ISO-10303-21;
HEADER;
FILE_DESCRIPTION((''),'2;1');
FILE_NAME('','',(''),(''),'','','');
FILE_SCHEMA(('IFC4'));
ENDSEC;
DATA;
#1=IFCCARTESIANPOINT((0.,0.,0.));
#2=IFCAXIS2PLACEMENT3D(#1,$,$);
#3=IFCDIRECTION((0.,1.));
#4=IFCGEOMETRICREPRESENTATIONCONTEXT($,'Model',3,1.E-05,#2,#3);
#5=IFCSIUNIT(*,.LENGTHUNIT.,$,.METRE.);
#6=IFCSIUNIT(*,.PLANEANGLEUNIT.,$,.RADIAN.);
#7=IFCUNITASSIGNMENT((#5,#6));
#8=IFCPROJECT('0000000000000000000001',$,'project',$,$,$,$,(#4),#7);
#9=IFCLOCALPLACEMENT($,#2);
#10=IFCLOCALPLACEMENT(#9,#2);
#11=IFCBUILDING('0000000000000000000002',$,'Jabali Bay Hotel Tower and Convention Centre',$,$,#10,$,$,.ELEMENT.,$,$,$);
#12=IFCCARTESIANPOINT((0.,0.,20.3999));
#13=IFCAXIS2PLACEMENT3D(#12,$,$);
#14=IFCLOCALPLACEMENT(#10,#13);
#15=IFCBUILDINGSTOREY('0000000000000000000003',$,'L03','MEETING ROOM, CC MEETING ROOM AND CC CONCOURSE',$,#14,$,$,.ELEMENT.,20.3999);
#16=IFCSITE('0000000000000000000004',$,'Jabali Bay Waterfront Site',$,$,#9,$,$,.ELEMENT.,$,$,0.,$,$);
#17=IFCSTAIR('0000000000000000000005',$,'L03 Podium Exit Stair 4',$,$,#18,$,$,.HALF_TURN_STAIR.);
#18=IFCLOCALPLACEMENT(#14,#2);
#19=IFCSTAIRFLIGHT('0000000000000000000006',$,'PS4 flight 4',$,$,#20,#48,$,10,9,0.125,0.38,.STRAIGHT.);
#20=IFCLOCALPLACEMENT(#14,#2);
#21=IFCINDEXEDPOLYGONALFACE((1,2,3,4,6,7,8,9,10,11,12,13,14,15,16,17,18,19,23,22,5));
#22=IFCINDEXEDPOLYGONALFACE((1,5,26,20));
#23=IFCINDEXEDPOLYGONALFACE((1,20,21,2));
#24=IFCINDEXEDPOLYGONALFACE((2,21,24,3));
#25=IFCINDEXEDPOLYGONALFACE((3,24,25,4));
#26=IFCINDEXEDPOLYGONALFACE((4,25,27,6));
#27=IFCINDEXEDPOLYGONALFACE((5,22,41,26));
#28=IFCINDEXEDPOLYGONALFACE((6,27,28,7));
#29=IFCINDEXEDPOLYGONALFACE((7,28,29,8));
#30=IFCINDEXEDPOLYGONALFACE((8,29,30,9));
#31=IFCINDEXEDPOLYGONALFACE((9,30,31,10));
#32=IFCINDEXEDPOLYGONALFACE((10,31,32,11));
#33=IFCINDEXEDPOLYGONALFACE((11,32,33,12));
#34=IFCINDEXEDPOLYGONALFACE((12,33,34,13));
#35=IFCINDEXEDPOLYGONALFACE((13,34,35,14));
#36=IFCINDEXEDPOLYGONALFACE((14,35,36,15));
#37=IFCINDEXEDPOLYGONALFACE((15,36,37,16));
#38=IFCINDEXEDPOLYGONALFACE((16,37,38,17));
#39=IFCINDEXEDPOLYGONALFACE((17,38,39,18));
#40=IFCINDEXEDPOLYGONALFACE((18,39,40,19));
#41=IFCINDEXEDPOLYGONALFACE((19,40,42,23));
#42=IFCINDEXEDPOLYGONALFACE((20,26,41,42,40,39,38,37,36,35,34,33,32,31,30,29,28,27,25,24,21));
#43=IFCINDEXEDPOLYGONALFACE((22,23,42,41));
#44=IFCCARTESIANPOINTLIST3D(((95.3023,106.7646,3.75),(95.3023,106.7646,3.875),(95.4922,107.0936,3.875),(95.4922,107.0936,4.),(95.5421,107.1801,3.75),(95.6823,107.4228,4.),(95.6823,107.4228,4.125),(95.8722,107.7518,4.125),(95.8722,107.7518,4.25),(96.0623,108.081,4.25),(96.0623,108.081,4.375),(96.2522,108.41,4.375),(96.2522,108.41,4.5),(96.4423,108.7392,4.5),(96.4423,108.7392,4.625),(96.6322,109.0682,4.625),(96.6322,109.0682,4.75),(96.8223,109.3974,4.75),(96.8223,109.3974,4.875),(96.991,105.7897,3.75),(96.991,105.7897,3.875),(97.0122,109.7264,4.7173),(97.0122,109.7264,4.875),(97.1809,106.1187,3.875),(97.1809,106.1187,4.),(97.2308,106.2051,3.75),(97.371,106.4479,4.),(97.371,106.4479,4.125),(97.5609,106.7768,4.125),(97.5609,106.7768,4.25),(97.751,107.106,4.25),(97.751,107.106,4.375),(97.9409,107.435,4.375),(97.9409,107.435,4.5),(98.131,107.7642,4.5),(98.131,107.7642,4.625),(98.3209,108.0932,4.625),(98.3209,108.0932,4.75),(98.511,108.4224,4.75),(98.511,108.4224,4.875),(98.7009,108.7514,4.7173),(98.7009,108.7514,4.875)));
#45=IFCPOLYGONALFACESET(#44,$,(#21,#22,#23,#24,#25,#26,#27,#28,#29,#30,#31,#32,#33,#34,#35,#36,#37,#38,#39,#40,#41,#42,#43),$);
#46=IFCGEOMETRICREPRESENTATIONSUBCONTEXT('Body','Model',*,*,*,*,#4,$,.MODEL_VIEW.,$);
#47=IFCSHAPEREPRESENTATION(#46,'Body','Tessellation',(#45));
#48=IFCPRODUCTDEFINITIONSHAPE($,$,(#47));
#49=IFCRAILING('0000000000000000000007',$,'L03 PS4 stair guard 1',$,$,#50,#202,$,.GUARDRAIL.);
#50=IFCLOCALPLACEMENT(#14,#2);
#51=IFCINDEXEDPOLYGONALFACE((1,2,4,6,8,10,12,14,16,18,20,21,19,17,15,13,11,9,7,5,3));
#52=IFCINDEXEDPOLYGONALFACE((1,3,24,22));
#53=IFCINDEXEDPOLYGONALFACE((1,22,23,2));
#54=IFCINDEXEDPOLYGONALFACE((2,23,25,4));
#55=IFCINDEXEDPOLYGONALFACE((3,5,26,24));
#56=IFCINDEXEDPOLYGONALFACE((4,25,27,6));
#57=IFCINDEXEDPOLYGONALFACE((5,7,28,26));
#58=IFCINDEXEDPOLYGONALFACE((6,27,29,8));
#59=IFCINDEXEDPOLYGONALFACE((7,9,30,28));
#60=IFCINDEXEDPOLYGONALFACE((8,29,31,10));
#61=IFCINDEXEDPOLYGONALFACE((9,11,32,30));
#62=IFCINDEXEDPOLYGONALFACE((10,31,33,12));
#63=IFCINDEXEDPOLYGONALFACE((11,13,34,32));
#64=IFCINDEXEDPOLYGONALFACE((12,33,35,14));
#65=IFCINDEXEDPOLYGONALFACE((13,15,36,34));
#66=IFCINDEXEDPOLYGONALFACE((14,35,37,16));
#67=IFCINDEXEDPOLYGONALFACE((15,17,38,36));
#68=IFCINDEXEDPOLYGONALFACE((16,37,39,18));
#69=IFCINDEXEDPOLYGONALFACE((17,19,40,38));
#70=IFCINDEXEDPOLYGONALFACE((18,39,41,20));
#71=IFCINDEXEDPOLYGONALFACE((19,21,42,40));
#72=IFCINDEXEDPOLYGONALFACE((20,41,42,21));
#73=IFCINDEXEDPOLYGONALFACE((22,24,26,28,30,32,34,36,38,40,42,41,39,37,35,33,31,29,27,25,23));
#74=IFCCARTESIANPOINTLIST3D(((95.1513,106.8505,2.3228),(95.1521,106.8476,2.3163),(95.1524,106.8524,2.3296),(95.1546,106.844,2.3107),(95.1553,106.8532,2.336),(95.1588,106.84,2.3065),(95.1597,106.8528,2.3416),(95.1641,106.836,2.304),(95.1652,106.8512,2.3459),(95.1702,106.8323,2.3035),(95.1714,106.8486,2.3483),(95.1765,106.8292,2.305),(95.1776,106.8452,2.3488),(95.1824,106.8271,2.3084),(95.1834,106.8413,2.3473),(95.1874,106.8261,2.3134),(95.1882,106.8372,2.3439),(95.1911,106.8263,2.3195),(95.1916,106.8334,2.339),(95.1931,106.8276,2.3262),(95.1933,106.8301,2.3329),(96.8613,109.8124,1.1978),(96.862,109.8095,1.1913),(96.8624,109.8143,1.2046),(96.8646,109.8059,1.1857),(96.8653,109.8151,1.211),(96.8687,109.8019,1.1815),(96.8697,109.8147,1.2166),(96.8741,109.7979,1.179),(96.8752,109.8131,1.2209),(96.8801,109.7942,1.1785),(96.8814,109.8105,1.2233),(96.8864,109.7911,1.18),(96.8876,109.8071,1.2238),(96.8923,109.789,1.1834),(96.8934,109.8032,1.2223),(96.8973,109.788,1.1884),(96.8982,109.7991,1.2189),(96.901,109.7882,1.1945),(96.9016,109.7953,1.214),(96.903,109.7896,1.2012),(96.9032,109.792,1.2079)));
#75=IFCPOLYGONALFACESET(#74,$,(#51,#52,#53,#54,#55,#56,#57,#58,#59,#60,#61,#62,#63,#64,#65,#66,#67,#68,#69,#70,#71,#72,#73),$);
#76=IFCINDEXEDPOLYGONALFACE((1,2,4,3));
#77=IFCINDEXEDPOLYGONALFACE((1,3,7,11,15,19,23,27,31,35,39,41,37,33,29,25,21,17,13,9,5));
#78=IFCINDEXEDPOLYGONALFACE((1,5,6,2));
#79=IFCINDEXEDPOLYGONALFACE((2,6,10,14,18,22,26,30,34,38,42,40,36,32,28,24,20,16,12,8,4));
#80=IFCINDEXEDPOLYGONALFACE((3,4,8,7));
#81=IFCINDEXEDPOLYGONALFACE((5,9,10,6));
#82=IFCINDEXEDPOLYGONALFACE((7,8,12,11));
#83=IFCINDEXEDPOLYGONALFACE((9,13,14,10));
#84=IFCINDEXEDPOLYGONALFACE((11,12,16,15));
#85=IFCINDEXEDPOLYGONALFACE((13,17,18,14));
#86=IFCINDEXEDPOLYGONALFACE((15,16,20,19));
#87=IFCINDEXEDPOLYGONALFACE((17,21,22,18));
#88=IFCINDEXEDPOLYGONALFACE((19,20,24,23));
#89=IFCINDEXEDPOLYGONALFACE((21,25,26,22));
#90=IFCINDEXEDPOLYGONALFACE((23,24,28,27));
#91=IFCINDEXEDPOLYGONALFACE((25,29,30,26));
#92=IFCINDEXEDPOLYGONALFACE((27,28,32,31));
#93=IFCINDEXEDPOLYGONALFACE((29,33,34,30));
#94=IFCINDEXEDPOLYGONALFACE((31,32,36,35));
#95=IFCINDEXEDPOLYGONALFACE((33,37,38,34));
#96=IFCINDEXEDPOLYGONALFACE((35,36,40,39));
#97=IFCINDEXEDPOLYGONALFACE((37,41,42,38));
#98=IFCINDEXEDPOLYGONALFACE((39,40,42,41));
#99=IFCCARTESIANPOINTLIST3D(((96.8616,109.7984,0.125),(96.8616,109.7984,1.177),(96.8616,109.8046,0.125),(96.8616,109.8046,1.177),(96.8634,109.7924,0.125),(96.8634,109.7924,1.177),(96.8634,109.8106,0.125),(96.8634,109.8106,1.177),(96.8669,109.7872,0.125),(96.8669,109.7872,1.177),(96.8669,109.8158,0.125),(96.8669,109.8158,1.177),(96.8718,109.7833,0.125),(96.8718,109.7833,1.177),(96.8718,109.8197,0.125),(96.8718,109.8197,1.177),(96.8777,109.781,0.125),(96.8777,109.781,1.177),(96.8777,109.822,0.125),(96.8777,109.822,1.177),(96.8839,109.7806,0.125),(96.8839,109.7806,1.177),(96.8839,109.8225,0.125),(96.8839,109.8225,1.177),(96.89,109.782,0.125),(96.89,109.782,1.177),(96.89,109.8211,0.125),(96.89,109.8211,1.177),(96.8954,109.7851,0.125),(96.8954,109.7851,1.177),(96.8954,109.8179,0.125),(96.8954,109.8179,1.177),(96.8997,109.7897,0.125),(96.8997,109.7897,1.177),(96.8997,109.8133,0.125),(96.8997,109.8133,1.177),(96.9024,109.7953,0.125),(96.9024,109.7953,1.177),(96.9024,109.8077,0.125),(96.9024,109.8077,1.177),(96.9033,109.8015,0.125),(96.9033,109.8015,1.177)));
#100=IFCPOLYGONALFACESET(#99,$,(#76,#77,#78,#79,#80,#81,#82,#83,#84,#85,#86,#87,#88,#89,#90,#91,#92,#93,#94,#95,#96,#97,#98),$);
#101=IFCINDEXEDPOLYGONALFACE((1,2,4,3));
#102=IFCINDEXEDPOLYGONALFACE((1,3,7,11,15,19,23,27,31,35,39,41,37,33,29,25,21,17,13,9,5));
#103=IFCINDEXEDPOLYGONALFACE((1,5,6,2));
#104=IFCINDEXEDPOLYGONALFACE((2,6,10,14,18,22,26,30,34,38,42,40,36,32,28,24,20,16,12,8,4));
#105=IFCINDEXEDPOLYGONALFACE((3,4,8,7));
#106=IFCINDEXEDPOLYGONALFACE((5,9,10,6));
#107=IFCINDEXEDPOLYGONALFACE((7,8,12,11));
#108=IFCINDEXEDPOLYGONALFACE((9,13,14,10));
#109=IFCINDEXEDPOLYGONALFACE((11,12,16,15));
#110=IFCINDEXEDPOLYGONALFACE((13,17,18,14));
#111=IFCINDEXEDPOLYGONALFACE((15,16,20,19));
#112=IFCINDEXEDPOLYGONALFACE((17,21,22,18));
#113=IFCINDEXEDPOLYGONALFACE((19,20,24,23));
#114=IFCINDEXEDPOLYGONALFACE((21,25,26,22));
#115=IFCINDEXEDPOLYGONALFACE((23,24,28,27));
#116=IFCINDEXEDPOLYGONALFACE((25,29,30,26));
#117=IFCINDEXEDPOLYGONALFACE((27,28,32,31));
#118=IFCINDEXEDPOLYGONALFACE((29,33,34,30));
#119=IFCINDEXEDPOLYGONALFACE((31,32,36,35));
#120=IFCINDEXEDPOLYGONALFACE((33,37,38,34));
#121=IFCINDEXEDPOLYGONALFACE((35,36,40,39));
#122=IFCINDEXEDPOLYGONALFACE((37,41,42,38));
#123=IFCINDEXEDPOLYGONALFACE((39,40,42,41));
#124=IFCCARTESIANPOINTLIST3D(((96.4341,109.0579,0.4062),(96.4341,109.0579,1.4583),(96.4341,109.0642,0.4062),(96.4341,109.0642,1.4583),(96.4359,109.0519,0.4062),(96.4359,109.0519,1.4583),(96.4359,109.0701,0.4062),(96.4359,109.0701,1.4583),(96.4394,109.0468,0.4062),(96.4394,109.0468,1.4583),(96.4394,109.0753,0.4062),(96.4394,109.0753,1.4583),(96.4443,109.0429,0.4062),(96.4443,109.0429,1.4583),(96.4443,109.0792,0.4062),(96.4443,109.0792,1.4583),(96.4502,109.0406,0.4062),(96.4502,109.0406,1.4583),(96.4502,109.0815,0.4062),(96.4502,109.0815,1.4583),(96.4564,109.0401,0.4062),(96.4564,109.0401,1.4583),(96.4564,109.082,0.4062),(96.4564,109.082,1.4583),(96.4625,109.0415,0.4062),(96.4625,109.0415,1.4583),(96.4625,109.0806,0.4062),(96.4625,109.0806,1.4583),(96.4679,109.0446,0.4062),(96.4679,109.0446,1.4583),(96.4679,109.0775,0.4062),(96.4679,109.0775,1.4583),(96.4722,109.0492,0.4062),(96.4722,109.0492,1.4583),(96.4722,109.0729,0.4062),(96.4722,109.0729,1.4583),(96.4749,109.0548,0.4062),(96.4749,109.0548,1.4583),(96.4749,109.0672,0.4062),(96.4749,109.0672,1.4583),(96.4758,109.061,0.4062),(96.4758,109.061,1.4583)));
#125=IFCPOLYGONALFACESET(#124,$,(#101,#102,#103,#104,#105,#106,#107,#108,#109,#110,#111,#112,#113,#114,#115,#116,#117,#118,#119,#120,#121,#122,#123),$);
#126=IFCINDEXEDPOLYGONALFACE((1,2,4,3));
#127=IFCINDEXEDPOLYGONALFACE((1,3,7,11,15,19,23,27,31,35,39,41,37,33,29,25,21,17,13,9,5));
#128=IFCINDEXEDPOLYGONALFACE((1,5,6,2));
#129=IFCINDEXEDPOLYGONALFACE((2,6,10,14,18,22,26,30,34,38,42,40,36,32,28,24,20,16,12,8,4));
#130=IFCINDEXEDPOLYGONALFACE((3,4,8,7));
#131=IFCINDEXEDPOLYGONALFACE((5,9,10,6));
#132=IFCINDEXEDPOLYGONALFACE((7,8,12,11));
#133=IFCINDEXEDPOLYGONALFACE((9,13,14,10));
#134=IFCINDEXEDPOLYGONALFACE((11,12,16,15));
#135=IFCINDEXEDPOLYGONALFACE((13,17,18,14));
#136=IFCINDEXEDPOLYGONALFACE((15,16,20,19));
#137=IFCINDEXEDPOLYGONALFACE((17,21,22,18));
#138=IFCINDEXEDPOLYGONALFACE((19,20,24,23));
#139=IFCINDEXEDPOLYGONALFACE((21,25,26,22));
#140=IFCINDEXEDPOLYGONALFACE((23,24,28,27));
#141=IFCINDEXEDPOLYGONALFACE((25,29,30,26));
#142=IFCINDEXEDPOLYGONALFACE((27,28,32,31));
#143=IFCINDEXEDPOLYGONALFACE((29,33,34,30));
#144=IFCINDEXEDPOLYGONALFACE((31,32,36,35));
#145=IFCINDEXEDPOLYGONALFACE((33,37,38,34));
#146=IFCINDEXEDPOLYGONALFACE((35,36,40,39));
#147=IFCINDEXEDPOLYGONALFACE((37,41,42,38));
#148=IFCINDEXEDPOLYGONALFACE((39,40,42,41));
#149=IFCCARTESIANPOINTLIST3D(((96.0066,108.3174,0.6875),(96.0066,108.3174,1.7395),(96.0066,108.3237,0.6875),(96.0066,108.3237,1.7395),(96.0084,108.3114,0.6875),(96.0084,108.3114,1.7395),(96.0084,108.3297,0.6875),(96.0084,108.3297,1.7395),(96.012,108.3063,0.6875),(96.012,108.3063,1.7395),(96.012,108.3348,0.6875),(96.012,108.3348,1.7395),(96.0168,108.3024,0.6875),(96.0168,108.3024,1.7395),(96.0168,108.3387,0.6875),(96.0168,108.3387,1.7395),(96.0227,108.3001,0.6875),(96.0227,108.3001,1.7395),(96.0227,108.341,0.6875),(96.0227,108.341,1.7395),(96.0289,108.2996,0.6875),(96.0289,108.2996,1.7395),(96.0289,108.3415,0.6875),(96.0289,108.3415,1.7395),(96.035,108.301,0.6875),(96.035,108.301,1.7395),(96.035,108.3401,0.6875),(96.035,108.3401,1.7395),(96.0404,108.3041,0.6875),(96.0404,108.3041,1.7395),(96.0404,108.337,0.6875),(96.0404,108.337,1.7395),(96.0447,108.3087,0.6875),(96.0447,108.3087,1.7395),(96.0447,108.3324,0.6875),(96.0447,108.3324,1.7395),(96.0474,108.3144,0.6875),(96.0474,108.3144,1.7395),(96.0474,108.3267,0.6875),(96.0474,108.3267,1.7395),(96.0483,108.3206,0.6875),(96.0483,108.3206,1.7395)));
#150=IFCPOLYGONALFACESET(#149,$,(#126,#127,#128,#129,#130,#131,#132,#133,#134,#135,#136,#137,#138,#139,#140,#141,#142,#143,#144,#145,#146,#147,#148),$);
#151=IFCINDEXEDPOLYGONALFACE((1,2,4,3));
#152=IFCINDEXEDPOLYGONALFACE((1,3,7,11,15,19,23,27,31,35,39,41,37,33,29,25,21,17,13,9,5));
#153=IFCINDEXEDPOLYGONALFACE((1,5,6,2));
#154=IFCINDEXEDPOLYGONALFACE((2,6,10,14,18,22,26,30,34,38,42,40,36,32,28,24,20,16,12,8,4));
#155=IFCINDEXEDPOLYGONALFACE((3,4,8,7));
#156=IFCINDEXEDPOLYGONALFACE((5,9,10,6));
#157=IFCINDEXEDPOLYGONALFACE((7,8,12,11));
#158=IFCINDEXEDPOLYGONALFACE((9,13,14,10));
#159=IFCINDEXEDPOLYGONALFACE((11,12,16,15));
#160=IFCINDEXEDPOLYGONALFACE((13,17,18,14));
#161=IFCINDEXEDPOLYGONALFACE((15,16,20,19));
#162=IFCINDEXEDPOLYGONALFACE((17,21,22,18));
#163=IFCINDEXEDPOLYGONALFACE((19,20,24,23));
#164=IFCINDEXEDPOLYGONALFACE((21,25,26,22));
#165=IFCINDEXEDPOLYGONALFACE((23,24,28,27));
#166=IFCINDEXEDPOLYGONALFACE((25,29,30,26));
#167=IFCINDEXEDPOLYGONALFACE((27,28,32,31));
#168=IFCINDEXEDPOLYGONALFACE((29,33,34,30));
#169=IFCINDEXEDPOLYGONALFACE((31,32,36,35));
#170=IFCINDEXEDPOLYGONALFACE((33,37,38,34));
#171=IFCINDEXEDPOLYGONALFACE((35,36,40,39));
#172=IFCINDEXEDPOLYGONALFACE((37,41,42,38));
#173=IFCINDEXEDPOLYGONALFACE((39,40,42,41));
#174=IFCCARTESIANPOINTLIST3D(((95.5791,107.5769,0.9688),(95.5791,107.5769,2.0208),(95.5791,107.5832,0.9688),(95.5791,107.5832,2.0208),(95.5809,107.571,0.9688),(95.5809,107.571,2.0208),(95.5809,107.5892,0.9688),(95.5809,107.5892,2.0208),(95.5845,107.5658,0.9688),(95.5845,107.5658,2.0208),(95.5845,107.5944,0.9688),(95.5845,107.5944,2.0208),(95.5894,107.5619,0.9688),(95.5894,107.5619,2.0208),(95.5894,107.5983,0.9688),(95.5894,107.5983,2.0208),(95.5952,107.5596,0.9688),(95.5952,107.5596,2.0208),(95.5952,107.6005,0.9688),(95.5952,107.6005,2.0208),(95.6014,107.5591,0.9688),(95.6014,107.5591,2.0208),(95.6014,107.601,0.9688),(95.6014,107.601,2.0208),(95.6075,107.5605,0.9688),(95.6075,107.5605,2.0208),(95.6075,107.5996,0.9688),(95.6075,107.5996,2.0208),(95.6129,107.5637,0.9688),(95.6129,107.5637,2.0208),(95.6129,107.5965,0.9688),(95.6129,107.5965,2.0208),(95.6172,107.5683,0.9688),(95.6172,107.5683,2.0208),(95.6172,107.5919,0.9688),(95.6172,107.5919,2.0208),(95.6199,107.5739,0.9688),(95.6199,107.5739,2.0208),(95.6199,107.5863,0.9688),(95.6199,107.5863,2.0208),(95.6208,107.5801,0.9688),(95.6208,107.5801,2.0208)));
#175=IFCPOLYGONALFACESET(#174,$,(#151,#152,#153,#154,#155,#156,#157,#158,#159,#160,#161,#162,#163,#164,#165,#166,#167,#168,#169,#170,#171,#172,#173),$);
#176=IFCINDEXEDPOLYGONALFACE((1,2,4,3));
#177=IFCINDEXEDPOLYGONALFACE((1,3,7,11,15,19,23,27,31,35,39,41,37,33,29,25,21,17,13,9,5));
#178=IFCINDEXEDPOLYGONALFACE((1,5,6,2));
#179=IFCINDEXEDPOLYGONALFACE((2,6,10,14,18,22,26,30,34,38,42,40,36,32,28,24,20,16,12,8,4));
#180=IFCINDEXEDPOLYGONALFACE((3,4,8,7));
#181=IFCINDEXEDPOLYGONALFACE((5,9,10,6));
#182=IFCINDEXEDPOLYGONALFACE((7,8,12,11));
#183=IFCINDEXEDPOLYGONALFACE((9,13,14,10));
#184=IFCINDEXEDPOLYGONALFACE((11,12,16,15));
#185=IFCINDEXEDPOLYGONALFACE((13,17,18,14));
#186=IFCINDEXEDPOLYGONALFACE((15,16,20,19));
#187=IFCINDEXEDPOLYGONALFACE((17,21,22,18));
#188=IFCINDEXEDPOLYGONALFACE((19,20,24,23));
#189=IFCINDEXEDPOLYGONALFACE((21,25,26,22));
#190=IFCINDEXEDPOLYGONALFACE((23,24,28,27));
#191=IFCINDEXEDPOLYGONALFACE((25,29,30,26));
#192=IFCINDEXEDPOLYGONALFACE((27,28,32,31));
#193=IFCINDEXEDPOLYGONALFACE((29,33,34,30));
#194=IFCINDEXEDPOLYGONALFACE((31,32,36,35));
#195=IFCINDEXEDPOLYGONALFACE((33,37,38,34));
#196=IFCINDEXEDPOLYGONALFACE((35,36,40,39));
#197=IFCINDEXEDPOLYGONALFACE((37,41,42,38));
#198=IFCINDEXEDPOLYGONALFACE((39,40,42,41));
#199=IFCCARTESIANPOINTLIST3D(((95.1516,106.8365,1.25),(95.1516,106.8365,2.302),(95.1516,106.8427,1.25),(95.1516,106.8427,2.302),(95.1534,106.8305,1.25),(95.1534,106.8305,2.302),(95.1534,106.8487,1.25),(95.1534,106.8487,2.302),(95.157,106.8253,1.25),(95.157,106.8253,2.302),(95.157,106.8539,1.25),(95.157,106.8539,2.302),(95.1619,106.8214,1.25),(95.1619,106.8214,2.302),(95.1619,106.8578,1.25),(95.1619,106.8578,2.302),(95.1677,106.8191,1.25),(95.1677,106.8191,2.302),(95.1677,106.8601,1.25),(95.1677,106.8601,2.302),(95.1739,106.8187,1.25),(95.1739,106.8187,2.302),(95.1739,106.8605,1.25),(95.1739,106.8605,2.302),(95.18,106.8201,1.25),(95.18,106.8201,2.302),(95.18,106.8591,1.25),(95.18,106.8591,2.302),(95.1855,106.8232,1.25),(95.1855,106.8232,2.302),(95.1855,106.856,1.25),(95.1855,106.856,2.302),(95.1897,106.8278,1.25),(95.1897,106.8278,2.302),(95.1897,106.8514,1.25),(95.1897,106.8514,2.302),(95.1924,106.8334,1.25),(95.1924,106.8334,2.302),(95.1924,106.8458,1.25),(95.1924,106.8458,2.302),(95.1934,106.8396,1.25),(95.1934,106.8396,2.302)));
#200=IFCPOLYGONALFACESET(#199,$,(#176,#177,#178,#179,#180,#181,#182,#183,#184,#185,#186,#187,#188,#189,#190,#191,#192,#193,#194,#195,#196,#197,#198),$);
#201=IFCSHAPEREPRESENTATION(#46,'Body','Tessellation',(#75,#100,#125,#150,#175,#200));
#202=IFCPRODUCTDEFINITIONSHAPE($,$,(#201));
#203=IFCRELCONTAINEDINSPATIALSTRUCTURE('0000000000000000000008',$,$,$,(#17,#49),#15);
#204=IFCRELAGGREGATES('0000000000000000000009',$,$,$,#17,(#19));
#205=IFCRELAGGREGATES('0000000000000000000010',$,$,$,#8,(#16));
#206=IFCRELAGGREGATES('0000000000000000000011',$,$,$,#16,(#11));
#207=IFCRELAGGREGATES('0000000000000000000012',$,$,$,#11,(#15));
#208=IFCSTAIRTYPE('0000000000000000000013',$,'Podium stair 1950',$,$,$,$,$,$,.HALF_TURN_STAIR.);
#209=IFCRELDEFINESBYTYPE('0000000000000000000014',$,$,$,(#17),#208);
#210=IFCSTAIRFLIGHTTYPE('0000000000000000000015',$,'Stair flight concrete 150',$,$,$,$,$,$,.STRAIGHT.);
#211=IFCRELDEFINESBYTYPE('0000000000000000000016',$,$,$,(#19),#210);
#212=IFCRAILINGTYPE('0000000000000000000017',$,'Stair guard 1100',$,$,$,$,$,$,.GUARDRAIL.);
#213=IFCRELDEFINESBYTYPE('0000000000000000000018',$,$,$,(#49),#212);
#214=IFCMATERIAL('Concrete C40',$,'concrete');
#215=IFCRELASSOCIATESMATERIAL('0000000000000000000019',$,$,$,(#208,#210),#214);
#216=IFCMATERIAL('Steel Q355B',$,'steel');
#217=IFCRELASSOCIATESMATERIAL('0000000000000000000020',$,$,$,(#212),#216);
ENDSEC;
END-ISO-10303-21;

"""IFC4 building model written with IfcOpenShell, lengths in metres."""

from ifc_helpers import new_model, si_unit, direction, frame, origin, origin_2d, place, context, subcontext, project, spatial, polyline, circle, outline, extrude, material, type_object, element, aggregate, save


model = new_model("IFC4")

# Units and contexts
model_context = context("Model", 3, precision=1e-05, world=origin(), true_north=direction((0.0, 1.0)))
body_context = subcontext(model_context, "Body", "Model", "MODEL_VIEW")
ifc_project = project(units=[si_unit("LENGTHUNIT", "METRE"), si_unit("PLANEANGLEUNIT", "RADIAN")], contexts=[model_context])

# Site, building, storey
site_placement = place(None, origin())
site = spatial("IfcSite", under=ifc_project, at=site_placement, Name="Jabali Bay Waterfront Site", CompositionType="ELEMENT", RefElevation=0.0)
building_placement = place(site_placement, origin())
building = spatial("IfcBuilding", under=site, at=building_placement, Name="Jabali Bay Hotel Tower and Convention Centre", CompositionType="ELEMENT")
storey_placement = place(building_placement, frame((0.0, 0.0, 20.3999)))
storey = spatial("IfcBuildingStorey", under=building, at=storey_placement, Name="L03", Description="MEETING ROOM, CC MEETING ROOM AND CC CONCOURSE", CompositionType="ELEMENT", Elevation=20.3999)

# Shared definitions
ifc_material_1 = material(Name="Concrete C40", Category="concrete")

# Stair, stair flight
stair_type = type_object("IfcStairType", Name="Podium stair 1950", PredefinedType="HALF_TURN_STAIR", material=ifc_material_1)
stair_placement = place(storey_placement, origin())
stair = element("IfcStair", 1, at=stair_placement, inside=storey, type_object=stair_type, Name="L03 Podium Exit Stair 4", PredefinedType="HALF_TURN_STAIR")
stair_flight_type = type_object("IfcStairFlightType", Name="Stair flight concrete 150", PredefinedType="STRAIGHT", material=ifc_material_1)
stair_flight_1_placement = place(storey_placement, frame((96.1467, 106.2771, 3.75), z_axis=(0.0, 0.0, 1.0), x_axis=(0.5, 0.866025, 0.0)))
stair_flight_1 = element("IfcStairFlight", 2, at=stair_flight_1_placement, type_object=stair_flight_type, Name="PS4 flight 4", NumberOfRisers=10, NumberOfTreads=9, PredefinedType="STRAIGHT", RiserHeight=0.125, TreadLength=0.38, context=body_context, shape_type="SweptSolid", body=[
    extrude(outline(polyline([(0.0, 0.0), (0.0, 0.125), (0.3799, 0.125), (0.3799, 0.25), (0.76, 0.25), (0.76, 0.375), (1.1399, 0.375), (1.1399, 0.5), (1.52, 0.5), (1.52, 0.625), (1.8999, 0.625), (1.8999, 0.75), (2.28, 0.75), (2.28, 0.875), (2.6599, 0.875), (2.6599, 1.0), (3.04, 1.0), (3.04, 1.125), (3.4199, 1.125), (3.4199, 1.25), (3.4199, 0.9673), (0.4797, 0.0), (0.0, 0.0)])), frame((0.0, 0.9751, 0.0), z_axis=(0.0, -1.0, 0.0), x_axis=(1.0, 0.0, 0.0)), (0.0, 0.0, 1.0), 1.95),
])
aggregate(stair, [stair_flight_1])

# Railing
ifc_material_2 = material(Name="Steel Q355B", Category="steel")
railing_type_1 = type_object("IfcRailingType", Name="Stair guard 1100", PredefinedType="GUARDRAIL", material=ifc_material_2)
railing_1_placement = place(storey_placement, frame((96.8823, 109.8015, 0.125)))
element("IfcRailing", 3, at=railing_1_placement, inside=storey, type_object=railing_type_1, Name="L03 PS4 stair guard 1", PredefinedType="GUARDRAIL", context=body_context, shape_type="SweptSolid", body=[
    extrude(circle(Radius=0.0239, at=origin_2d()), frame((0.0, 0.0, 1.0762), z_axis=(-0.474943, -0.822674, 0.31247), x_axis=(0.866038, -0.499978, 0.0)), (0.0, 0.0, 1.0), 3.6003),
    extrude(circle(Radius=0.021, at=origin_2d()), origin(), (0.0, 0.0, 1.0), 1.052),
    extrude(circle(Radius=0.021, at=origin_2d()), frame((-0.4275, -0.7405, 0.2812)), (0.0, 0.0, 1.0), 1.052),
    extrude(circle(Radius=0.021, at=origin_2d()), frame((-0.855, -1.481, 0.5625)), (0.0, 0.0, 1.0), 1.052),
    extrude(circle(Radius=0.021, at=origin_2d()), frame((-1.2825, -2.2214, 0.8438)), (0.0, 0.0, 1.0), 1.052),
    extrude(circle(Radius=0.021, at=origin_2d()), frame((-1.71, -2.9619, 1.125)), (0.0, 0.0, 1.0), 1.052),
])

save(model, "model.ifc")
